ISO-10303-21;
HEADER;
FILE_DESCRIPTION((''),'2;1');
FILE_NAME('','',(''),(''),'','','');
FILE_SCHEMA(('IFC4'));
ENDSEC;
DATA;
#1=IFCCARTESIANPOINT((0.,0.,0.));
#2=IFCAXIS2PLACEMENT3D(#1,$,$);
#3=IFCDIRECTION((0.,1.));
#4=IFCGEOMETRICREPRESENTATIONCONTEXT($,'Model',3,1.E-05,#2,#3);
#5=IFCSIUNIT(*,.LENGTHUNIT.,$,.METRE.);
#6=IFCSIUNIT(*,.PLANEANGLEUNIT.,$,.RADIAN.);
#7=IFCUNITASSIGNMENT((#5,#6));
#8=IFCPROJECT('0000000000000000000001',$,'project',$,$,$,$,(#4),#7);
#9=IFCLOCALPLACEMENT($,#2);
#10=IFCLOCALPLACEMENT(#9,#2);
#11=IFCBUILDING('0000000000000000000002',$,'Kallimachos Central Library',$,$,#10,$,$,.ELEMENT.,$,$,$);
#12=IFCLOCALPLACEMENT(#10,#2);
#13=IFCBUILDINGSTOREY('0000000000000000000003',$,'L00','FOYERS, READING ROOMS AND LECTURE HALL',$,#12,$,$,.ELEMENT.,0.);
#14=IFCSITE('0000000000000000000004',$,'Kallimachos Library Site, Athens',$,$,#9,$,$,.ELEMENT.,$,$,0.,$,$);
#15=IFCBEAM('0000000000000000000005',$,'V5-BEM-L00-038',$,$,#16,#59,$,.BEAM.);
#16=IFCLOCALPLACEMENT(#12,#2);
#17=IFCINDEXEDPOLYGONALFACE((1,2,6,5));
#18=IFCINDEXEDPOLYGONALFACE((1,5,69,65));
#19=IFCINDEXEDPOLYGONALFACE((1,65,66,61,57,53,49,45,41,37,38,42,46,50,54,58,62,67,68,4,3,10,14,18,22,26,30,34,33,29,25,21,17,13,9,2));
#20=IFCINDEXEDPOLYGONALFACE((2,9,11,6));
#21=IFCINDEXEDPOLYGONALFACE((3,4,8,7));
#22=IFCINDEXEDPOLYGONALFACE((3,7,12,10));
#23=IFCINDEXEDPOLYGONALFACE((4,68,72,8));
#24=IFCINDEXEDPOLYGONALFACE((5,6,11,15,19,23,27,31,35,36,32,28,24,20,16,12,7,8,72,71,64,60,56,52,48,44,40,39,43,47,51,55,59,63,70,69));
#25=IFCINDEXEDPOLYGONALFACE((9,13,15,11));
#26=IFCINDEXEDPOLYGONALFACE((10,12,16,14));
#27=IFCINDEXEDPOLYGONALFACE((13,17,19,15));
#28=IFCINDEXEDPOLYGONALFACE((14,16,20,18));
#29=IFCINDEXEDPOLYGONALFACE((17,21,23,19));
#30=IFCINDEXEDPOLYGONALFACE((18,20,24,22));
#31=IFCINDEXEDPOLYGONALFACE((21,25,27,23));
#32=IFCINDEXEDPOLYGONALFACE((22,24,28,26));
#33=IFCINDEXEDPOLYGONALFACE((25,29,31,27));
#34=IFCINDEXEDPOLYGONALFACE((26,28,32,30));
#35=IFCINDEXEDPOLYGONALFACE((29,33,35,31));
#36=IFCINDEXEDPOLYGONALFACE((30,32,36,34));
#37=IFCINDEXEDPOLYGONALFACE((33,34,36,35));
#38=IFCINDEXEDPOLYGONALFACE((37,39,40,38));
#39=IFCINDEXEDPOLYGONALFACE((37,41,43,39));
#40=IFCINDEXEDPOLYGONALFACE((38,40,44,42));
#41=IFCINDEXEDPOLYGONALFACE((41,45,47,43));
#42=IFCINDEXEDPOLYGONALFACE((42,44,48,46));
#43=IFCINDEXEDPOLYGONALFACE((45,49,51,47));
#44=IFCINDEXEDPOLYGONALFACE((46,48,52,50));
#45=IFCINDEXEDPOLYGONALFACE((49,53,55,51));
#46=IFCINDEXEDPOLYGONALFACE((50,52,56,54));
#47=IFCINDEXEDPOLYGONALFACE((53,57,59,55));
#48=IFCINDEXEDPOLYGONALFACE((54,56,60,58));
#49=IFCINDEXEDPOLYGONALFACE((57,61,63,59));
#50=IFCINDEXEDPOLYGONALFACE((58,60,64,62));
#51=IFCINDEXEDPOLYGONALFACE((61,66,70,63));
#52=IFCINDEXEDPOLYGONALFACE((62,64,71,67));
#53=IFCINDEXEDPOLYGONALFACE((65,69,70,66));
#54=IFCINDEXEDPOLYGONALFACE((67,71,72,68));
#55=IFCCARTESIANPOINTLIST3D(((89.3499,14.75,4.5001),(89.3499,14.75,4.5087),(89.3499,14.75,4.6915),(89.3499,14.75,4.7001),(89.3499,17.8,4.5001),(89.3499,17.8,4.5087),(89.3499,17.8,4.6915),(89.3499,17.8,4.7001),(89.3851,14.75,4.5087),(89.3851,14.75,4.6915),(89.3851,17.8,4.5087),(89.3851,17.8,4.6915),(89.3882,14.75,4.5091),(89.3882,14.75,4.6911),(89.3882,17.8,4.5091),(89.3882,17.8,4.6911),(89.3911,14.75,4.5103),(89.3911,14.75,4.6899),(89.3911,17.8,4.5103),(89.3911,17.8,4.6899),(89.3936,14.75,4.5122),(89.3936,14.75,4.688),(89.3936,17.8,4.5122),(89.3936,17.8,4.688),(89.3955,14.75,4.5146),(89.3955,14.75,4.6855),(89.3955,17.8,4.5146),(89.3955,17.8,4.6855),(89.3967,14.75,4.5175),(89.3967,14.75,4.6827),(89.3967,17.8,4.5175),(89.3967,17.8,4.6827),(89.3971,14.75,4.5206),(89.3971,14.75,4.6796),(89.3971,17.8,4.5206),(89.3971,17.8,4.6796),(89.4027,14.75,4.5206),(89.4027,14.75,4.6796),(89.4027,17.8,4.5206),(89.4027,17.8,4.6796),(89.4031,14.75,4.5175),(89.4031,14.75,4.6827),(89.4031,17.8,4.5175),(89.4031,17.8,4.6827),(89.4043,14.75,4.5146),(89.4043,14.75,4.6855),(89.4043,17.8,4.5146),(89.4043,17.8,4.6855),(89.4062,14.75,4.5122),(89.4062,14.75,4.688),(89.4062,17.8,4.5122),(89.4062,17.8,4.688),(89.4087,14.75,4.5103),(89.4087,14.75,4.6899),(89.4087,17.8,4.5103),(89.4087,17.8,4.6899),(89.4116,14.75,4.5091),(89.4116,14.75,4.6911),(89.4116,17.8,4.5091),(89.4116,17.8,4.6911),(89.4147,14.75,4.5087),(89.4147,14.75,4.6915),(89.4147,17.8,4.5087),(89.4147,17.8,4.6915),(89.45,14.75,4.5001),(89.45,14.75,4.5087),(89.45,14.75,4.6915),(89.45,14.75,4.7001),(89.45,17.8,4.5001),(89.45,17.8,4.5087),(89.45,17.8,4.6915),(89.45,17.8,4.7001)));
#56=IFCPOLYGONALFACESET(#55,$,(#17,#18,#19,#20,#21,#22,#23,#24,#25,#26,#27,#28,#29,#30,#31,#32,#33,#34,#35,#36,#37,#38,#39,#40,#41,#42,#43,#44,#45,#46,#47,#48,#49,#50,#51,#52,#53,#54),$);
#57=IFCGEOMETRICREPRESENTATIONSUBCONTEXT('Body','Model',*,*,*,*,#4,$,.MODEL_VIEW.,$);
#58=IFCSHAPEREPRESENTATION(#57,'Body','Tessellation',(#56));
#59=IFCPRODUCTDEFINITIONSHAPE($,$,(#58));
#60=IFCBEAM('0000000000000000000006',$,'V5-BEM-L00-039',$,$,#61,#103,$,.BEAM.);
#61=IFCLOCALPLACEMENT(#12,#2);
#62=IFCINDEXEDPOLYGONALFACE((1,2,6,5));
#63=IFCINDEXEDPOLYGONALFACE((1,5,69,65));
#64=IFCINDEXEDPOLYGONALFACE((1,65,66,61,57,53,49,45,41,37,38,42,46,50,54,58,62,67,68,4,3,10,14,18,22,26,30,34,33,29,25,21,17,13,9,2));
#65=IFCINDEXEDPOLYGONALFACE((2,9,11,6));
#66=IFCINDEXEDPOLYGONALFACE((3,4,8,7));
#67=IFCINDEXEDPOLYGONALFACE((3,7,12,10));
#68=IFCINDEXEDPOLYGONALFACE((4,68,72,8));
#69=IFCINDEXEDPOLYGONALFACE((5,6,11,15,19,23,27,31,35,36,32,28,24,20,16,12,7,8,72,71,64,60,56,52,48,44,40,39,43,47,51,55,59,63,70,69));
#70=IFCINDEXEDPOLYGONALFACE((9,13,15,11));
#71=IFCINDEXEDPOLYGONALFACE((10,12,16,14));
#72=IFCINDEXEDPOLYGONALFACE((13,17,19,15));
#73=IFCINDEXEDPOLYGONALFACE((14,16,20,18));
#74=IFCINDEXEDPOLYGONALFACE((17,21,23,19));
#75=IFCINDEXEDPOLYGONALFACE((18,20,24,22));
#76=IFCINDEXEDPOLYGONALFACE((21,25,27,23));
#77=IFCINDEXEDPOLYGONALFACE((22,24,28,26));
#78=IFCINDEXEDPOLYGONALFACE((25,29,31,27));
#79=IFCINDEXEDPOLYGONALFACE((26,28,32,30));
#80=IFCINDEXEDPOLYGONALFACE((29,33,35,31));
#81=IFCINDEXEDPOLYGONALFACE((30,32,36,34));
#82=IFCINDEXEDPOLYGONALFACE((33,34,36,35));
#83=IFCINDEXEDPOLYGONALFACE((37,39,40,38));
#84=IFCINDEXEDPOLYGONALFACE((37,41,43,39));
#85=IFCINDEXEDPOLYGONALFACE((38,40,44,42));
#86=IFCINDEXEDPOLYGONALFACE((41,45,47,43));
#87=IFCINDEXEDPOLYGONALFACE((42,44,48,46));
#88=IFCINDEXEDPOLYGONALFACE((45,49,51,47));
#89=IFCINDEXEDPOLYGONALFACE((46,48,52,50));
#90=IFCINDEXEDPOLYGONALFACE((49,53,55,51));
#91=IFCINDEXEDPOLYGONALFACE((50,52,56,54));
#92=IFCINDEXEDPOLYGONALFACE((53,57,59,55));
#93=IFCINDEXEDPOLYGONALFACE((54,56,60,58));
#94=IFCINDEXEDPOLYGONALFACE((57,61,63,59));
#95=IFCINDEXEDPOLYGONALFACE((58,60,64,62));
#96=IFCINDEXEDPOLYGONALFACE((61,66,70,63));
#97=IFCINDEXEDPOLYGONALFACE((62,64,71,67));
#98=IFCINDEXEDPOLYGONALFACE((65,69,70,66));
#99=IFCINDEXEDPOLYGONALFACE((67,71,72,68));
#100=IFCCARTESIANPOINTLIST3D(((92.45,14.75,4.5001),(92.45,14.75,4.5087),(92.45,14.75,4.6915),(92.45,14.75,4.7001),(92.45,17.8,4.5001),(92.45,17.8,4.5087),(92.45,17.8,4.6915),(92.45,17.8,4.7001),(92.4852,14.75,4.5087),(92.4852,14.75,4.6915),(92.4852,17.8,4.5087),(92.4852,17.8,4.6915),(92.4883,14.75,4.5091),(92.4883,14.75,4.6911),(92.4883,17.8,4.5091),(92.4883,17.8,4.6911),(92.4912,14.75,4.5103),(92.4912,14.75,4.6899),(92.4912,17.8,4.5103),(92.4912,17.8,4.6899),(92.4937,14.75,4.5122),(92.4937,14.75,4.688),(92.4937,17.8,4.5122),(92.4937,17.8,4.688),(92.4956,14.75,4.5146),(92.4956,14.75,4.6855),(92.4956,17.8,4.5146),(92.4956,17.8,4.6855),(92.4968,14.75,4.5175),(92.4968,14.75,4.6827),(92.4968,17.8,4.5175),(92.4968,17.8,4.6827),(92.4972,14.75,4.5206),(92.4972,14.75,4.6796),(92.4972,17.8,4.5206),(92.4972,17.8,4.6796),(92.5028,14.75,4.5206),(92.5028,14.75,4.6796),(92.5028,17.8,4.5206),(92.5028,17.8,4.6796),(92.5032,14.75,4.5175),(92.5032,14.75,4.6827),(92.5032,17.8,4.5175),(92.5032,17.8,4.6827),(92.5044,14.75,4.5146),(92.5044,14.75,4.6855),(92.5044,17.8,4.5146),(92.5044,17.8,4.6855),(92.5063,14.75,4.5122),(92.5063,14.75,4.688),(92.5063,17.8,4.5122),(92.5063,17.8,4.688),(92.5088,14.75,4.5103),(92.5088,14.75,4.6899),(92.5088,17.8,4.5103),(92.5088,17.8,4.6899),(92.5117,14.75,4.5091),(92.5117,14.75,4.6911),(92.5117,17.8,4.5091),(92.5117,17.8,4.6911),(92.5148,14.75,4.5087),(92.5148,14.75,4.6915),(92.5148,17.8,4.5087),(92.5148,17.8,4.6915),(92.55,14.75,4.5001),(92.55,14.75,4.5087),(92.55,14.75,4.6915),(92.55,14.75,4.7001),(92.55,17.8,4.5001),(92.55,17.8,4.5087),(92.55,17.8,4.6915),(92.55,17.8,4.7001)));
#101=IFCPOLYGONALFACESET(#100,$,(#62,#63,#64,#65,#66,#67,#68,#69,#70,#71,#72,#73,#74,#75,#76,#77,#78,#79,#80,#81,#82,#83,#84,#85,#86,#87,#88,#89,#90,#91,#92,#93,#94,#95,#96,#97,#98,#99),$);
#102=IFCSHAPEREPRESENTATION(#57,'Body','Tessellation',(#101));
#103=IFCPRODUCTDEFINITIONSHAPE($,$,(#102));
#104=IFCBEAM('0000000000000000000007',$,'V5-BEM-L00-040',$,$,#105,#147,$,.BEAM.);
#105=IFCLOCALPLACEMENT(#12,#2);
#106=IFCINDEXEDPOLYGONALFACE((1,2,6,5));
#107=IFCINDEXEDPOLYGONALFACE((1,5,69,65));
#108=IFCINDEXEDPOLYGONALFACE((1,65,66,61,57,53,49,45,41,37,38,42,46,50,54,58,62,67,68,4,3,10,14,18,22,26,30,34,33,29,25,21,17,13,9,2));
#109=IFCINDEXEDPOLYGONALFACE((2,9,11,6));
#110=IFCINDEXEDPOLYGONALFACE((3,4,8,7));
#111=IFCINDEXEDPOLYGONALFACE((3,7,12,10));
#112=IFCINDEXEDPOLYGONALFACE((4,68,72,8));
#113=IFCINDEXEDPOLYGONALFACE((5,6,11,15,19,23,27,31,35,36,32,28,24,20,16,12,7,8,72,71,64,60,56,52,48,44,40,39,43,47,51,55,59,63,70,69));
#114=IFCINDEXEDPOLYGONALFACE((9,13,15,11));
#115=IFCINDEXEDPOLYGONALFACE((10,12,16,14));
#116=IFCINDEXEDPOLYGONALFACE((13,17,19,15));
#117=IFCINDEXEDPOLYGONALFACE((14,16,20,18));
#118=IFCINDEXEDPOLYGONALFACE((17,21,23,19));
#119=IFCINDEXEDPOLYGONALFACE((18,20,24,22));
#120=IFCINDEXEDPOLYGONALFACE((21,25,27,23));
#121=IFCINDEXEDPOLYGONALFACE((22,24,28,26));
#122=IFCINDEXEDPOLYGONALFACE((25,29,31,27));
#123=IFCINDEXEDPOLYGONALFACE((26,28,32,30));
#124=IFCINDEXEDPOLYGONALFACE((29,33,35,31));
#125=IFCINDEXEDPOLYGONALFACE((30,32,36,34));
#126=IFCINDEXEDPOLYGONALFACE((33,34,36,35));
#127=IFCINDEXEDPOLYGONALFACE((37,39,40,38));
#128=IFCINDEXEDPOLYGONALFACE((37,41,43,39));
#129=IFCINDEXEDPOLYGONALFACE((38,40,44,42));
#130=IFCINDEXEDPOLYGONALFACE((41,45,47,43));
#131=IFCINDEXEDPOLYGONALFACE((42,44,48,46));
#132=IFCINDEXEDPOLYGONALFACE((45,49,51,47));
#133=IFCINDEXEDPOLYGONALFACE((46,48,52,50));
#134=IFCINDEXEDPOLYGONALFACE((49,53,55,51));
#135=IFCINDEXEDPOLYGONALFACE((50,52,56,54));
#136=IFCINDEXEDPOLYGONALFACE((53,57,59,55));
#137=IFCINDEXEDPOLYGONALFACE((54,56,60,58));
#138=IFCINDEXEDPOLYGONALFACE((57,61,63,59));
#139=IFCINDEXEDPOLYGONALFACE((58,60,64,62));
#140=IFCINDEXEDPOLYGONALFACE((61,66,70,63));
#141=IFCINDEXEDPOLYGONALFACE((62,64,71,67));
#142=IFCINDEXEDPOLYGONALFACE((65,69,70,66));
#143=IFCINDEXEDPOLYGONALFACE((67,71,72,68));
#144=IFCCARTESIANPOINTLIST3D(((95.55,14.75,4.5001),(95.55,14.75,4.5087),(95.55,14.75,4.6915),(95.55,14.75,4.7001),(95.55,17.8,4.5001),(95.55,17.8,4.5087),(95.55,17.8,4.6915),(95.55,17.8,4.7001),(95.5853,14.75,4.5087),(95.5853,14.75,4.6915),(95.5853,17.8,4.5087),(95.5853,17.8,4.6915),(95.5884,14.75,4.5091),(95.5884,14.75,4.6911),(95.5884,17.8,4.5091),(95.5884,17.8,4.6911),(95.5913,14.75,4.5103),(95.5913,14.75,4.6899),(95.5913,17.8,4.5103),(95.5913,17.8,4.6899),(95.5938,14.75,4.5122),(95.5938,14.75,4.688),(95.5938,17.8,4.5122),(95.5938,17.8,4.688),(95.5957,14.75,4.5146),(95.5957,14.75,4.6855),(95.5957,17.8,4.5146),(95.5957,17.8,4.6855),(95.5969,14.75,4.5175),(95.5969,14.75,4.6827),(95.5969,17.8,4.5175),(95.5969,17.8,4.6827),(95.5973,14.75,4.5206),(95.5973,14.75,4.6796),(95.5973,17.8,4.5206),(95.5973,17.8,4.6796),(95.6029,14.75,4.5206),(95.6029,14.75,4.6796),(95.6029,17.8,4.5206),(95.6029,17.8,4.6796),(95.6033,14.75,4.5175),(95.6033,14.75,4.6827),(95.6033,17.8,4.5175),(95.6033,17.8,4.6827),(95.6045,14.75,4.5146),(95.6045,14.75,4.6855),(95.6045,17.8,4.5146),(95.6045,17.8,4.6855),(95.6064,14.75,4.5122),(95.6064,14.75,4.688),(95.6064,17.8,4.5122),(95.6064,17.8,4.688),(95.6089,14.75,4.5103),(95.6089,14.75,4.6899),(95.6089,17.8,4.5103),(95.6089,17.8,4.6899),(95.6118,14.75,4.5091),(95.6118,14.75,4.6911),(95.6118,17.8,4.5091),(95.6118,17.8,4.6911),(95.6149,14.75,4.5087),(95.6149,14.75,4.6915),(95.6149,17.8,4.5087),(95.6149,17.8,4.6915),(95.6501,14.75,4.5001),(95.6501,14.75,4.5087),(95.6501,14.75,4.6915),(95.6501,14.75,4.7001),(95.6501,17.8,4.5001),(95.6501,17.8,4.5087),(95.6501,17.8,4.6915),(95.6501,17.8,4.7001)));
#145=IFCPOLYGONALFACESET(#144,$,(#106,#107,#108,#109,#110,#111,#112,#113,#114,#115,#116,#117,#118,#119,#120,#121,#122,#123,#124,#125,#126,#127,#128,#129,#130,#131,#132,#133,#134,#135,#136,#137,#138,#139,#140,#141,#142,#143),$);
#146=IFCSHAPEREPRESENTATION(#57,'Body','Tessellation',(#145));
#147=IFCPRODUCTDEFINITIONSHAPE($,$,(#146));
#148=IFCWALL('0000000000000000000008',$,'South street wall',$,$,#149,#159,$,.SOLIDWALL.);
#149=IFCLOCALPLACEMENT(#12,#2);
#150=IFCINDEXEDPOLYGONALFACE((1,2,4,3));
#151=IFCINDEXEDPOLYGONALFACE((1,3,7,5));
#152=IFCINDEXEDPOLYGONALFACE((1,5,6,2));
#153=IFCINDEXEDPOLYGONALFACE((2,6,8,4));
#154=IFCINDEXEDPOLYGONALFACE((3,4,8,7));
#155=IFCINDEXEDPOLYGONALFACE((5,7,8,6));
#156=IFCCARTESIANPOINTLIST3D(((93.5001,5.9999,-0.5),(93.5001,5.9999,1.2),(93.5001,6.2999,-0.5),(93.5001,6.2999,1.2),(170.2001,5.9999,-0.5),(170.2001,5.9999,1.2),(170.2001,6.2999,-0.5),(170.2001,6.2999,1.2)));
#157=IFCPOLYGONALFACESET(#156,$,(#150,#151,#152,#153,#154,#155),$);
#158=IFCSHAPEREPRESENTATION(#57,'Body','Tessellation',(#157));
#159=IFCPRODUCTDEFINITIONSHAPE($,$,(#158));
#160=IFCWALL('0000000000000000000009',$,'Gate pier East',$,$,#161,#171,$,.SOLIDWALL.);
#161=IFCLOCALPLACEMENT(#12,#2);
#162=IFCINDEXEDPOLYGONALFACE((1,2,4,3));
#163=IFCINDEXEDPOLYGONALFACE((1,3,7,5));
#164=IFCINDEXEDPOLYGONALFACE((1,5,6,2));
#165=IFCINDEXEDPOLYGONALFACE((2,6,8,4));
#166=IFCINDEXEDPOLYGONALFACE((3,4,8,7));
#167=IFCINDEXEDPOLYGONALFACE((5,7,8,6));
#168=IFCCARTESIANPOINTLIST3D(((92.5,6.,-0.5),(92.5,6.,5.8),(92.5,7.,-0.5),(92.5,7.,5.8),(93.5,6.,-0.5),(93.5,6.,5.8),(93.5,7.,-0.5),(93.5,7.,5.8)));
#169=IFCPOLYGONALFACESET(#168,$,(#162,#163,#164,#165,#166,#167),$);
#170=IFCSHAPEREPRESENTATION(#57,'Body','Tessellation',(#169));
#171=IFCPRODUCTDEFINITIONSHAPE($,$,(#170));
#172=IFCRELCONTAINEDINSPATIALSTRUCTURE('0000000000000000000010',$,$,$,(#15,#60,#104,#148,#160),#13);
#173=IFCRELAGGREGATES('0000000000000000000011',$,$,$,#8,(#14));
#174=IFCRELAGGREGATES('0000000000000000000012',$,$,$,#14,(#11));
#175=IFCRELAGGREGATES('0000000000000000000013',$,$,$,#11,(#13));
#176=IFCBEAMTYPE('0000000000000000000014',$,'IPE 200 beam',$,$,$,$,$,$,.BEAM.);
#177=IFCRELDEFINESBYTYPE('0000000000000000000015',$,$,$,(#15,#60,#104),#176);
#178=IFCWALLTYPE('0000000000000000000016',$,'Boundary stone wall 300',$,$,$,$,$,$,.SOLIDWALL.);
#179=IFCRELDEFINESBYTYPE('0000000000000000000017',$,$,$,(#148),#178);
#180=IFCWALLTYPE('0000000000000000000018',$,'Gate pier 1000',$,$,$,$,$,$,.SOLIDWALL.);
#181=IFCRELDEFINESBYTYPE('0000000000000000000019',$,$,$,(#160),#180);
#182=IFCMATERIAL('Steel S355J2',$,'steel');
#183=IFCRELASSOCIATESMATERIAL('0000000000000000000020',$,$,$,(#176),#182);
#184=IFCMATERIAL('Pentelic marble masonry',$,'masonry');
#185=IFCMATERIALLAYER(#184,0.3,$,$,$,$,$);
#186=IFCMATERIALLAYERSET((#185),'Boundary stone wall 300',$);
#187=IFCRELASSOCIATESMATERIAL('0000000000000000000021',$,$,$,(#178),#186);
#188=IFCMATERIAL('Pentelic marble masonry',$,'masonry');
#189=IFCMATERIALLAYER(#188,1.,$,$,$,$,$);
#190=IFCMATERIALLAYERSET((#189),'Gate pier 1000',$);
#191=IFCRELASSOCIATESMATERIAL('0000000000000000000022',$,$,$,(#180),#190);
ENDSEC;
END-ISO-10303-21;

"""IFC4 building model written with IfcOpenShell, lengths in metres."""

from ifc_helpers import new_model, si_unit, direction, frame, frame_2d, origin, origin_2d, place, context, subcontext, project, spatial, rectangle, i_section, extrude, material, layer, layer_set, material_profile, profile_set, type_object, element, save


model = new_model("IFC4")

# Units and contexts
model_context = context("Model", 3, precision=1e-05, world=origin(), true_north=direction((0.0, 1.0)))
body_context = subcontext(model_context, "Body", "Model", "MODEL_VIEW")
ifc_project = project(units=[si_unit("LENGTHUNIT", "METRE"), si_unit("PLANEANGLEUNIT", "RADIAN")], contexts=[model_context])

# Site, building, storey
site_placement = place(None, origin())
site = spatial("IfcSite", under=ifc_project, at=site_placement, Name="Kallimachos Library Site, Athens", CompositionType="ELEMENT", RefElevation=0.0)
building_placement = place(site_placement, origin())
building = spatial("IfcBuilding", under=site, at=building_placement, Name="Kallimachos Central Library", CompositionType="ELEMENT")
storey_placement = place(building_placement, origin())
storey = spatial("IfcBuildingStorey", under=building, at=storey_placement, Name="L00", Description="FOYERS, READING ROOMS AND LECTURE HALL", CompositionType="ELEMENT", Elevation=0.0)

# Beams
ifc_material_1 = material(Name="Steel S355J2", Category="steel")
ifc_material_profile_1 = material_profile(ifc_material_1, i_section(OverallWidth=0.1001, OverallDepth=0.2, WebThickness=0.0056, FlangeThickness=0.0085, FilletRadius=0.012, at=origin_2d()), Name="IPE 200")
ifc_profile_set_1 = profile_set([ifc_material_profile_1], Name="Steel S355J2")
beam_type_1 = type_object("IfcBeamType", Name="IPE 200 beam", PredefinedType="BEAM", material=ifc_profile_set_1)
for number, where, z_axis, x_axis, name in (
    (1, (89.3999, 14.75, 4.6001), (0.0, 1.0, 0.0), (-1.0, 0.0, 0.0), "V5-BEM-L00-038"),
    (2, (92.5, 14.75, 4.6001), (0.0, 1.0, 0.0), (-1.0, 0.0, 0.0), "V5-BEM-L00-039"),
    (3, (95.6001, 14.75, 4.6001), (0.0, 1.0, 0.0), (-1.0, 0.0, 0.0), "V5-BEM-L00-040"),
):
    element("IfcBeam", number, at=place(storey_placement, frame(where, z_axis=z_axis, x_axis=x_axis)), inside=storey, type_object=beam_type_1, Name=name, PredefinedType="BEAM", context=body_context, shape_type="SweptSolid", body=[
        extrude(i_section(OverallWidth=0.1001, OverallDepth=0.2, WebThickness=0.0056, FlangeThickness=0.0085, FilletRadius=0.012, at=origin_2d()), origin(), (0.0, 0.0, 1.0), 3.05),
    ])

# Walls
ifc_material_2 = material(Name="Pentelic marble masonry", Category="masonry")
ifc_layer_1 = layer(ifc_material_2, 0.3)
ifc_layer_set_1 = layer_set([ifc_layer_1], Name="Boundary stone wall 300")
wall_type_1 = type_object("IfcWallType", Name="Boundary stone wall 300", PredefinedType="SOLIDWALL", material=ifc_layer_set_1)
wall_1_placement = place(storey_placement, frame((93.5, 6.1499, -0.5), z_axis=(0.0, 0.0, 1.0), x_axis=(1.0, 0.0, 0.0)))
element("IfcWall", 4, at=wall_1_placement, inside=storey, type_object=wall_type_1, Name="South street wall", PredefinedType="SOLIDWALL", context=body_context, shape_type="SweptSolid", body=[
    extrude(rectangle(XDim=76.7, YDim=0.3, at=frame_2d((38.3501, 0.0))), origin(), (0.0, 0.0, 1.0), 1.7),
])
ifc_material_3 = material(Name="Pentelic marble masonry", Category="masonry")
ifc_layer_2 = layer(ifc_material_3, 1.0)
ifc_layer_set_2 = layer_set([ifc_layer_2], Name="Gate pier 1000")
wall_type_2 = type_object("IfcWallType", Name="Gate pier 1000", PredefinedType="SOLIDWALL", material=ifc_layer_set_2)
wall_2_placement = place(storey_placement, frame((93.0, 6.0, -0.5), z_axis=(0.0, 0.0, 1.0), x_axis=(0.0, 1.0, 0.0)))
element("IfcWall", 5, at=wall_2_placement, inside=storey, type_object=wall_type_2, Name="Gate pier East", PredefinedType="SOLIDWALL", context=body_context, shape_type="SweptSolid", body=[
    extrude(rectangle(XDim=1.0, YDim=1.0, at=frame_2d((0.5, 0.0))), origin(), (0.0, 0.0, 1.0), 6.3),
])

save(model, "model.ifc")
